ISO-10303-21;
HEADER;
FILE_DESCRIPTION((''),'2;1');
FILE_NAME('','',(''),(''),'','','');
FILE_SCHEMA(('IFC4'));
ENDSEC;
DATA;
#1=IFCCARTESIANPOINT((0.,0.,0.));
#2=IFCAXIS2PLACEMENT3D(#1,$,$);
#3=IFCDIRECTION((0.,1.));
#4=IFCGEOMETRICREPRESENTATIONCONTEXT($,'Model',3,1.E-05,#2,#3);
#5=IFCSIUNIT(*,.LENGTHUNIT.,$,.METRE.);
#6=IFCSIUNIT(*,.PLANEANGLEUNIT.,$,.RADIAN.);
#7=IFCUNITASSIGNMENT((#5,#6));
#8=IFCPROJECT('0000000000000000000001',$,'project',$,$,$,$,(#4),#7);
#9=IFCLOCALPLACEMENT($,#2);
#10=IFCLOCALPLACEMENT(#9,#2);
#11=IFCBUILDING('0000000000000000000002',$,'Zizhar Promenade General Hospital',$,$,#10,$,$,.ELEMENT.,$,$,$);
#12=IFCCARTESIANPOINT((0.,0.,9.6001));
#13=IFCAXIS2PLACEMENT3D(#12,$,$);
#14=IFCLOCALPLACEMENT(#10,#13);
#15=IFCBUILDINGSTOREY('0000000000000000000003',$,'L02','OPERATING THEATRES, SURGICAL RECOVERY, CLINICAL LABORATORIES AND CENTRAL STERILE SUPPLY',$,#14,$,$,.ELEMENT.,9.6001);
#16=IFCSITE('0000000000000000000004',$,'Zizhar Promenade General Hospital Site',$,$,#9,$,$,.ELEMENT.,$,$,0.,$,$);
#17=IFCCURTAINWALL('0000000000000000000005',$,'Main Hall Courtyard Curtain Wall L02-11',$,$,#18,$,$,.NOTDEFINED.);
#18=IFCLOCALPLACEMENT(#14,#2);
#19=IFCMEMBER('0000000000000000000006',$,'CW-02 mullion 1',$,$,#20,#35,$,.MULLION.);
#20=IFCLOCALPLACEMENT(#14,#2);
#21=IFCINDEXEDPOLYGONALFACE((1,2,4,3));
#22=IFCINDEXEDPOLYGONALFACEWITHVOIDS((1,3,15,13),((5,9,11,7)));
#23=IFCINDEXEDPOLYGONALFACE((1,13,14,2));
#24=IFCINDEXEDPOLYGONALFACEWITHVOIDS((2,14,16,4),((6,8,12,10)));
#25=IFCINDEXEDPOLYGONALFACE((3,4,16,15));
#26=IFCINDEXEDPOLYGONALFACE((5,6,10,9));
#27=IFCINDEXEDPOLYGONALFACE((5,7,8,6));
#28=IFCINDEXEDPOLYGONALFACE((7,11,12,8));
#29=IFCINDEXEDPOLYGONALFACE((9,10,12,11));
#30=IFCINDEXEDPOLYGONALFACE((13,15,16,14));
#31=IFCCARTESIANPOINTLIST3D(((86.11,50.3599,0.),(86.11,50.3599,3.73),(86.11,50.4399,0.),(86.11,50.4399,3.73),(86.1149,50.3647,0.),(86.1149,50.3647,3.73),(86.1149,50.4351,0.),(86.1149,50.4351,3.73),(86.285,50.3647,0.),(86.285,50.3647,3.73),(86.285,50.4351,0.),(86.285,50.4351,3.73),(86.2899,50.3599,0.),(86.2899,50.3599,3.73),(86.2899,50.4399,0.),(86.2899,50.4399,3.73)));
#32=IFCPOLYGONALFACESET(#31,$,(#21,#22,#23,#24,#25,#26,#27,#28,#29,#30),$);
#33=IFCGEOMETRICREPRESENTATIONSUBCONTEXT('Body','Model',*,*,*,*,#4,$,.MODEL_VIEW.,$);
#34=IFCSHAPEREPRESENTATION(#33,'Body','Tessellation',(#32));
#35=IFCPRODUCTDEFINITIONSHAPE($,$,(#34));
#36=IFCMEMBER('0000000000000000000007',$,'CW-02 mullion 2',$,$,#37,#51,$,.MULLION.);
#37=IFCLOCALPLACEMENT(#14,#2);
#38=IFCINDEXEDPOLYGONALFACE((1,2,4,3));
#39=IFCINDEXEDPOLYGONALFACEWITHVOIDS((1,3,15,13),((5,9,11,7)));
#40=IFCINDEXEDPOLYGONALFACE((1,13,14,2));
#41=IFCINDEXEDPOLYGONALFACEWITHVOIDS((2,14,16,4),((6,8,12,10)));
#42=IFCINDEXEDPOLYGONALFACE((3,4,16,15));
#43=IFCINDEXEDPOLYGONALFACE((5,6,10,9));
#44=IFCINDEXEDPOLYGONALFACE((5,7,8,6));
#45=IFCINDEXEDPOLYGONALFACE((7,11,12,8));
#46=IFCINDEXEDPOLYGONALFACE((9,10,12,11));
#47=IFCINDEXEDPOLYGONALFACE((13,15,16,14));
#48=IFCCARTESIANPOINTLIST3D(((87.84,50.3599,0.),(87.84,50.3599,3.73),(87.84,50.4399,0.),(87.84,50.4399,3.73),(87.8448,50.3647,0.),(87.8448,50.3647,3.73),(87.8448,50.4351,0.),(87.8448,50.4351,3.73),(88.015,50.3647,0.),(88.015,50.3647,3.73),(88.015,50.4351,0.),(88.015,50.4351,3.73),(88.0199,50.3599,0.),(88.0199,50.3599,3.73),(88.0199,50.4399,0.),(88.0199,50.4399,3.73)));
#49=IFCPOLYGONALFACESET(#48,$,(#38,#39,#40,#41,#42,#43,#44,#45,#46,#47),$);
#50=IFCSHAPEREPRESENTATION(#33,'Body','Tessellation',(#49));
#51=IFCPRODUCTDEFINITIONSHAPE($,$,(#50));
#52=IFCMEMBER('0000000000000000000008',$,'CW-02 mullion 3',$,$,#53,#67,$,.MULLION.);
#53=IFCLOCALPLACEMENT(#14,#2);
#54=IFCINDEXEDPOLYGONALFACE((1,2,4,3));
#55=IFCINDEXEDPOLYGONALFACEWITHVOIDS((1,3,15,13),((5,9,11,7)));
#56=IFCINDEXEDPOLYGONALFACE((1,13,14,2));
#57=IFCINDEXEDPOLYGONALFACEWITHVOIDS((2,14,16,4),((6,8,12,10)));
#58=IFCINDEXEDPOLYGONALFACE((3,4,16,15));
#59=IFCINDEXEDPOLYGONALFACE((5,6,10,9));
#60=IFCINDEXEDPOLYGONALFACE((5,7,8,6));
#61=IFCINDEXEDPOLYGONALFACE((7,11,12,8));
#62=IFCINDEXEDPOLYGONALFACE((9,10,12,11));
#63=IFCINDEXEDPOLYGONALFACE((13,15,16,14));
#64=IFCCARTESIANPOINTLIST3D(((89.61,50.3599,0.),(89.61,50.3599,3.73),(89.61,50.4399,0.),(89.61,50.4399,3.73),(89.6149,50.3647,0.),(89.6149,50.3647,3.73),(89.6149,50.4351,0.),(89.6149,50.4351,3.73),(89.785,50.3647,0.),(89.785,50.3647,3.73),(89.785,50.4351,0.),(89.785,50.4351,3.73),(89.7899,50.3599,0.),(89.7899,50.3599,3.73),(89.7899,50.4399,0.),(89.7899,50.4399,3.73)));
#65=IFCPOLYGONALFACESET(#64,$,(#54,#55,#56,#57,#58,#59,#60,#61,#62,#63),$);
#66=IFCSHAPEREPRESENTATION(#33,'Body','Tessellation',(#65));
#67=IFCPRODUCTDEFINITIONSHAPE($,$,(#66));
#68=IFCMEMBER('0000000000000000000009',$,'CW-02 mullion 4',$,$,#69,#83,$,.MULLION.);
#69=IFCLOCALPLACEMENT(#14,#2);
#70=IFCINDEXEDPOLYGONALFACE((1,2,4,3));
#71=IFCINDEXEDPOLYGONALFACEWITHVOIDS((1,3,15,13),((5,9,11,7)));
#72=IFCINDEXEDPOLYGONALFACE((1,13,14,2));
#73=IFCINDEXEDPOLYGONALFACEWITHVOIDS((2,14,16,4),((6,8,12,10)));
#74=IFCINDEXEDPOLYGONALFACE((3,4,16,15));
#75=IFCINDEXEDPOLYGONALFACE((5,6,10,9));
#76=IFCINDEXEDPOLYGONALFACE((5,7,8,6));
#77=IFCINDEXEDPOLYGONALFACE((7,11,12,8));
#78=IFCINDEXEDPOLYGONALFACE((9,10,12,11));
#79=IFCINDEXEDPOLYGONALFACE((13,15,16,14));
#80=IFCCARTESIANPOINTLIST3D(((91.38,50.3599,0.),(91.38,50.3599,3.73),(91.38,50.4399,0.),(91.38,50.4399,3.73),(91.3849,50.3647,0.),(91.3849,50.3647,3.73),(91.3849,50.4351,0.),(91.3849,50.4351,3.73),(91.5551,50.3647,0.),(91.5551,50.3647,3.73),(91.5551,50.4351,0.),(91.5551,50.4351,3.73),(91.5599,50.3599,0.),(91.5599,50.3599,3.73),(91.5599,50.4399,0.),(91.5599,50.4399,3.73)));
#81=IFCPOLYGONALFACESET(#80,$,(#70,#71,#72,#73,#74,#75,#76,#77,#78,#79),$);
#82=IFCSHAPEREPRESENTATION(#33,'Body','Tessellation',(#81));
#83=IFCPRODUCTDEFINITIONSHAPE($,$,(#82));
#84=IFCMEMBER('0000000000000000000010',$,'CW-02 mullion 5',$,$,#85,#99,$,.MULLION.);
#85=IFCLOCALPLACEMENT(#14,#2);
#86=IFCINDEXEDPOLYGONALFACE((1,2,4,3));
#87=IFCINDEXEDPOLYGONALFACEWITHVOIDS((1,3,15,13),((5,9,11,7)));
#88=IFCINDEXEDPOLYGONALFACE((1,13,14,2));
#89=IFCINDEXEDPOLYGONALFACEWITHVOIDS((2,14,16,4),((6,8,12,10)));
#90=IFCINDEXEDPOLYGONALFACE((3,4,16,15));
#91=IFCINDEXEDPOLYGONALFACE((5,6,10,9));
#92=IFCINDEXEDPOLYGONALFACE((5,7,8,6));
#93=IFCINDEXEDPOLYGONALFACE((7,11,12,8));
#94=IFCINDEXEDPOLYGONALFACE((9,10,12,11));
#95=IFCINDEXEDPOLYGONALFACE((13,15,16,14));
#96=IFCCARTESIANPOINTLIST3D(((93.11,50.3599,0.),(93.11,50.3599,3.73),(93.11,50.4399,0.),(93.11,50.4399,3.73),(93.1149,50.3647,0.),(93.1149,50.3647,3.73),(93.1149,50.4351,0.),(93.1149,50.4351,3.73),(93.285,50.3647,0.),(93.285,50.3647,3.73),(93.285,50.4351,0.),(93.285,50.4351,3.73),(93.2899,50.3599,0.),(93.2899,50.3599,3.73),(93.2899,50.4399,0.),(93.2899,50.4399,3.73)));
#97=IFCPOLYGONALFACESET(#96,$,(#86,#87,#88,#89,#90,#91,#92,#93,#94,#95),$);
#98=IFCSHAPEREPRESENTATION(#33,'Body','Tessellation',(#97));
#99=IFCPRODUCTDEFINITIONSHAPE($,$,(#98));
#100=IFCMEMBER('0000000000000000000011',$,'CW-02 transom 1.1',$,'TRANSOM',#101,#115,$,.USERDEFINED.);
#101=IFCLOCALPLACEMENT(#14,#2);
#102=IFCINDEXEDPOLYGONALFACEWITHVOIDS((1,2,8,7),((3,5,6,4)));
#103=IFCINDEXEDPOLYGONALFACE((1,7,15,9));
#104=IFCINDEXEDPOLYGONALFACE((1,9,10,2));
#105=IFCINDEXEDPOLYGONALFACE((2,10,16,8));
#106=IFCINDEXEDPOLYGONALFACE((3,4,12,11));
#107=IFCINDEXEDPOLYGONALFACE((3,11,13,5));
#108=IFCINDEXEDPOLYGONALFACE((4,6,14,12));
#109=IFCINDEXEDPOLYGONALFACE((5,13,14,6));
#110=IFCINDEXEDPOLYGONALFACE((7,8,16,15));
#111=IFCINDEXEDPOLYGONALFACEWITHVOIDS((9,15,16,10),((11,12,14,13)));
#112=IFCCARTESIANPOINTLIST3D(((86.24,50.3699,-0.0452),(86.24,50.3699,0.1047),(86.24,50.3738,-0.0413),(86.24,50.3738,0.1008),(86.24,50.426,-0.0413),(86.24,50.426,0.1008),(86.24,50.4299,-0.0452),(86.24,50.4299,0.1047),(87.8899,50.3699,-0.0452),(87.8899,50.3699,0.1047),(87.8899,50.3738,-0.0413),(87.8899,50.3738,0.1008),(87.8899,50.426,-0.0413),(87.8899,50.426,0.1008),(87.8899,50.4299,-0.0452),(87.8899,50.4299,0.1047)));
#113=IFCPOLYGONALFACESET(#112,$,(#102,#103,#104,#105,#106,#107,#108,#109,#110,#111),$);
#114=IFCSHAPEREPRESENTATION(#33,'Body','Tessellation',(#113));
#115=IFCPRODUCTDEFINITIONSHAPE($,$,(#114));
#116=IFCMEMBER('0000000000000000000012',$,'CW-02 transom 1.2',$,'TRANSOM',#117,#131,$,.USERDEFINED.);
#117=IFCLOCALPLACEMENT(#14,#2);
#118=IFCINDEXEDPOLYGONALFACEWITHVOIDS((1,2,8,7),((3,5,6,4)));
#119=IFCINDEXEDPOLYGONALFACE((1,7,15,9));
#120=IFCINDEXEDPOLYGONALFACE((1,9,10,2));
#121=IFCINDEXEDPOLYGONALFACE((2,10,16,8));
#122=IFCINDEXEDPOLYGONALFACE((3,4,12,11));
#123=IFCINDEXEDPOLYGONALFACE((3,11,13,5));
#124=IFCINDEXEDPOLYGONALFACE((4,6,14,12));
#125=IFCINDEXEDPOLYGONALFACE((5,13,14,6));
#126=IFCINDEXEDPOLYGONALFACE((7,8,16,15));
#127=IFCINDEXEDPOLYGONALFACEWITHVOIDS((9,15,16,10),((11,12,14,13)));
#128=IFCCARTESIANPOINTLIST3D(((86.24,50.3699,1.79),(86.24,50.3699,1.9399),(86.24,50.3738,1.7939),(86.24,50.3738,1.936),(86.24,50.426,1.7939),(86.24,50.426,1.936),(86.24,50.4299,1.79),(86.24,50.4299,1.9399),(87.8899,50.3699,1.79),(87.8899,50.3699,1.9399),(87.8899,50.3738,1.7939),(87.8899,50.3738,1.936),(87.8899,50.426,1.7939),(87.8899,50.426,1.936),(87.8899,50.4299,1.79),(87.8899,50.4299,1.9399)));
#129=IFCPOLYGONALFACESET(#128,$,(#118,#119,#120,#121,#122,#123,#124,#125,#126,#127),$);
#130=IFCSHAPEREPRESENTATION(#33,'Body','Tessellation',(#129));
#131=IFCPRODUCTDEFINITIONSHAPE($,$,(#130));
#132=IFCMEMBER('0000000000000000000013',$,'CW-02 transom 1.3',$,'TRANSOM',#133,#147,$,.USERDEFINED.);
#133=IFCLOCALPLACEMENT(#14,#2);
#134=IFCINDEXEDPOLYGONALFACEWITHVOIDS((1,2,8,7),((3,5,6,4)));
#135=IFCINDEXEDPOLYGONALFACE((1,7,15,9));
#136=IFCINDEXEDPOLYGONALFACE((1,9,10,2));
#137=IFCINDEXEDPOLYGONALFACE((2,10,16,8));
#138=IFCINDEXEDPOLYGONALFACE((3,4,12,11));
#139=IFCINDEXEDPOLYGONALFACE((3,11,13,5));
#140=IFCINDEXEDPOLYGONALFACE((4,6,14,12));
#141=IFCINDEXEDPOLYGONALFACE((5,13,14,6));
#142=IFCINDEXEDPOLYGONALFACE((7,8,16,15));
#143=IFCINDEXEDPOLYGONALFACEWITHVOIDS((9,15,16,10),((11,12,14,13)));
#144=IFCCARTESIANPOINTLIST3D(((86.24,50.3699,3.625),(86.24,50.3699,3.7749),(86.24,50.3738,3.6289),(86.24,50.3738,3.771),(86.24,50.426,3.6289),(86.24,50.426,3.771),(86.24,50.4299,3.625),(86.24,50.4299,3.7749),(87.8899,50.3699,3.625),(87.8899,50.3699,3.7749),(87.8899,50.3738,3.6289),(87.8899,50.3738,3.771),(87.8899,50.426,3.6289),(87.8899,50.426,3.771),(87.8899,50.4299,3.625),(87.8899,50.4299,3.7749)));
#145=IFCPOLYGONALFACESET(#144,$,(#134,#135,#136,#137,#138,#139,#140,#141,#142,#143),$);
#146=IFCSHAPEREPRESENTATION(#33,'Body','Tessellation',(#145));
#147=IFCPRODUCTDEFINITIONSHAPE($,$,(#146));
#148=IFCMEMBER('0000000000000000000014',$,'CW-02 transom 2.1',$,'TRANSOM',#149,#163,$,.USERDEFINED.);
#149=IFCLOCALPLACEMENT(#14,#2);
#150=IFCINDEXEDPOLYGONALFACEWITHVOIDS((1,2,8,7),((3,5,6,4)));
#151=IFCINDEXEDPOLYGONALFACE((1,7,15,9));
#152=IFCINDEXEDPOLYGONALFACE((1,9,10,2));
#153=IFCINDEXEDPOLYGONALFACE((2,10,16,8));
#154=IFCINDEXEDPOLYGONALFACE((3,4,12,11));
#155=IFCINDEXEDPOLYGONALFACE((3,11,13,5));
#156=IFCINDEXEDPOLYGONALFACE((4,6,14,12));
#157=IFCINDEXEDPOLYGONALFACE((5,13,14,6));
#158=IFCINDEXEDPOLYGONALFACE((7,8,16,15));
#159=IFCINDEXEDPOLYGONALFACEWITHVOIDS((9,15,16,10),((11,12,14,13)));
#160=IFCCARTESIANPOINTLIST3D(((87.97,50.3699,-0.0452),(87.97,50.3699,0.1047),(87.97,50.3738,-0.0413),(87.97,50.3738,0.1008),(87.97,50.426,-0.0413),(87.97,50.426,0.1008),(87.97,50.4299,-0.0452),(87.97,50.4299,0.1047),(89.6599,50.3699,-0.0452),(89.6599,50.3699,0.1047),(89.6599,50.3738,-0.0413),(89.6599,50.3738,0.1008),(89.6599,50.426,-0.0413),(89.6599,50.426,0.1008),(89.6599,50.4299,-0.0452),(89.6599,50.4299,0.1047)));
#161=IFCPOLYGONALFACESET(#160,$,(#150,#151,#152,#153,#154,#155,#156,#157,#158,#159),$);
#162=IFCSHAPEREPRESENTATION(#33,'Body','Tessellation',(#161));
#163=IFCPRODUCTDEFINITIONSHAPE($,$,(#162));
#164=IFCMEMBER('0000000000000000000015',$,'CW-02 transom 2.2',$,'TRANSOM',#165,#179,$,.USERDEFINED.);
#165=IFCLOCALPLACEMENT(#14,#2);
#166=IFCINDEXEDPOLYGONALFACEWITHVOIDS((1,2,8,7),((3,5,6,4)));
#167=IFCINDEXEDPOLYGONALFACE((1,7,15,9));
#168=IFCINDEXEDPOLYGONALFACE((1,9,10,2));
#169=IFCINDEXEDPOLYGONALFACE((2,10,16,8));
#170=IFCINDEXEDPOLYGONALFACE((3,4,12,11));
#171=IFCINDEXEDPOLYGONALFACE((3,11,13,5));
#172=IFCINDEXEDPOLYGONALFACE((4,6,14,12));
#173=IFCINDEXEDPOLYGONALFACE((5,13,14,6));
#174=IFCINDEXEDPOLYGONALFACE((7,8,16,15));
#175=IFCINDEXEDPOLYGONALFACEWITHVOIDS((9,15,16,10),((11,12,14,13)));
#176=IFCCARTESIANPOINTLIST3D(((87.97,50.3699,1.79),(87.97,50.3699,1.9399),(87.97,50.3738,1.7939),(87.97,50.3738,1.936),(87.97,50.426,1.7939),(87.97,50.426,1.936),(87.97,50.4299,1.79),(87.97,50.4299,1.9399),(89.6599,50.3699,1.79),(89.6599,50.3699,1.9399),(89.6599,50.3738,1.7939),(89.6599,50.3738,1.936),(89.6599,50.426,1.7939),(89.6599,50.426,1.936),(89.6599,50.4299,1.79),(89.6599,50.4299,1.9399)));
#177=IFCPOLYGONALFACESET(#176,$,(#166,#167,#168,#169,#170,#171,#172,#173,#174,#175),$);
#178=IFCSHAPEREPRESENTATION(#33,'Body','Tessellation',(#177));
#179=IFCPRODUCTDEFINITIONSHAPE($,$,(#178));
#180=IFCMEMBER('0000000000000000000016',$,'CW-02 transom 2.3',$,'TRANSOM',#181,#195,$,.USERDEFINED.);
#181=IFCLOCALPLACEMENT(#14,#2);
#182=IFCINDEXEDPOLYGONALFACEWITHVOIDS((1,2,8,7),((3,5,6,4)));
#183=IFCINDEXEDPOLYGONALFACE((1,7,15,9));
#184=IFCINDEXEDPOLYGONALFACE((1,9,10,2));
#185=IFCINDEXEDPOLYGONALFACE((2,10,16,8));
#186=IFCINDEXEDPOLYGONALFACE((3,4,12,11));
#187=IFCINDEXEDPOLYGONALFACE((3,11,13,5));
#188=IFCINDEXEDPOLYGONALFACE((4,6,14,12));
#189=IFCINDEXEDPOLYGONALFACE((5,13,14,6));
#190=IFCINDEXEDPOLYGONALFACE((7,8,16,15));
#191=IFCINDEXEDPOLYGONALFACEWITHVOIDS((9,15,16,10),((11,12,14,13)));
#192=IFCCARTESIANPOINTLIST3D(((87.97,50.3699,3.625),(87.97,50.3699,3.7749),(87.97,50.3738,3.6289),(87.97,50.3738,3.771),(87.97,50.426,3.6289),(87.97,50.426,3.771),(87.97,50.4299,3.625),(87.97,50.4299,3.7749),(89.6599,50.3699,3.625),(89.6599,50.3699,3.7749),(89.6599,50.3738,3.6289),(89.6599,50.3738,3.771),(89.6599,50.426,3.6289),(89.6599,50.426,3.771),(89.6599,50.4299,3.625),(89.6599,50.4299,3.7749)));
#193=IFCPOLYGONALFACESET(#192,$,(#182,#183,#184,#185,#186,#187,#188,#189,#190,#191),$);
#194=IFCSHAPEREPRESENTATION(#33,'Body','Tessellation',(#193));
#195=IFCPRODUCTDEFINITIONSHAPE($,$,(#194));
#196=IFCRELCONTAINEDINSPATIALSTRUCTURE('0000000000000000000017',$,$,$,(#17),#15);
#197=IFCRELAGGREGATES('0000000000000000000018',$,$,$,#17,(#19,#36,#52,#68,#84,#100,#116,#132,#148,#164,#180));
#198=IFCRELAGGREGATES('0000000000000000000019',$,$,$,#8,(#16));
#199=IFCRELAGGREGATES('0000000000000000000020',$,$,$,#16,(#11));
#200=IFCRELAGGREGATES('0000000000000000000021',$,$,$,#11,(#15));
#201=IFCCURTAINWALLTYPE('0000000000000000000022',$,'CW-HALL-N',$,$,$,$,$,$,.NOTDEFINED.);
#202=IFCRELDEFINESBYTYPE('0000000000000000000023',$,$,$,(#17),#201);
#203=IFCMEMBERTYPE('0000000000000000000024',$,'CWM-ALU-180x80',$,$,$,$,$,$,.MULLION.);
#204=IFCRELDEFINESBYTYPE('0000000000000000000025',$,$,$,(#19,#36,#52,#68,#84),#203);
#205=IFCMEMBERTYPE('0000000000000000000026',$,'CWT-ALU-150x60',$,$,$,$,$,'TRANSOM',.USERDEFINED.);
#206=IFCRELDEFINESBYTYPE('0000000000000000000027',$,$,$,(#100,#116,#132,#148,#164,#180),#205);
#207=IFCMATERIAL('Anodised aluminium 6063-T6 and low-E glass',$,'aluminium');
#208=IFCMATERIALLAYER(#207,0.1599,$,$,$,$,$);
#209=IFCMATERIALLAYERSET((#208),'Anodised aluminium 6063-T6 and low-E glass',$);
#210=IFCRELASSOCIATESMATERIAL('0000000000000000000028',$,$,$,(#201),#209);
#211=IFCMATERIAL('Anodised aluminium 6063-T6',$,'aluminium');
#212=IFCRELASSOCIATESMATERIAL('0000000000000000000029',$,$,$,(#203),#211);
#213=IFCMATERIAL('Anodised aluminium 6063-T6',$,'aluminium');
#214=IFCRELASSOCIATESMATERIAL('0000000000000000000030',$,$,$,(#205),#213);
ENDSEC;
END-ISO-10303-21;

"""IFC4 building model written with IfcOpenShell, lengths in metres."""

from ifc_helpers import new_model, si_unit, direction, frame, origin, origin_2d, place, context, subcontext, project, spatial, hollow_rectangle, extrude, material, layer, layer_set, material_profile, profile_set, type_object, element, aggregate, save


model = new_model("IFC4")

# Units and contexts
model_context = context("Model", 3, precision=1e-05, world=origin(), true_north=direction((0.0, 1.0)))
body_context = subcontext(model_context, "Body", "Model", "MODEL_VIEW")
ifc_project = project(units=[si_unit("LENGTHUNIT", "METRE"), si_unit("PLANEANGLEUNIT", "RADIAN")], contexts=[model_context])

# Site, building, storey
site_placement = place(None, origin())
site = spatial("IfcSite", under=ifc_project, at=site_placement, Name="Zizhar Promenade General Hospital Site", CompositionType="ELEMENT", RefElevation=0.0)
building_placement = place(site_placement, origin())
building = spatial("IfcBuilding", under=site, at=building_placement, Name="Zizhar Promenade General Hospital", CompositionType="ELEMENT")
storey_placement = place(building_placement, frame((0.0, 0.0, 9.6001)))
storey = spatial("IfcBuildingStorey", under=building, at=storey_placement, Name="L02", Description="OPERATING THEATRES, SURGICAL RECOVERY, CLINICAL LABORATORIES AND CENTRAL STERILE SUPPLY", CompositionType="ELEMENT", Elevation=9.6001)

# Curtain wall, members
ifc_material_1 = material(Name="Anodised aluminium 6063-T6 and low-E glass", Category="aluminium")
ifc_layer_1 = layer(ifc_material_1, 0.1599)
ifc_layer_set_1 = layer_set([ifc_layer_1], Name="Anodised aluminium 6063-T6 and low-E glass")
curtain_wall_type = type_object("IfcCurtainWallType", Name="CW-HALL-N", PredefinedType="NOTDEFINED", material=ifc_layer_set_1)
curtain_wall_placement = place(storey_placement, origin())
curtain_wall = element("IfcCurtainWall", 1, at=curtain_wall_placement, inside=storey, type_object=curtain_wall_type, Name="Main Hall Courtyard Curtain Wall L02-11", PredefinedType="NOTDEFINED")
ifc_material_2 = material(Name="Anodised aluminium 6063-T6", Category="aluminium")
ifc_material_profile_1 = material_profile(ifc_material_2, hollow_rectangle(XDim=0.0801, YDim=0.1799, WallThickness=0.0049, at=origin_2d()))
ifc_profile_set_1 = profile_set([ifc_material_profile_1], Name="Anodised aluminium 6063-T6")
member_type_1 = type_object("IfcMemberType", Name="CWM-ALU-180x80", PredefinedType="MULLION", material=ifc_profile_set_1)
member_1_placement = place(storey_placement, frame((86.2, 50.3999, 0.0), z_axis=(0.0, 0.0, 1.0), x_axis=(0.0, 1.0, 0.0)))
member_1 = element("IfcMember", 2, at=member_1_placement, type_object=member_type_1, Name="CW-02 mullion 1", PredefinedType="MULLION", context=body_context, shape_type="SweptSolid", body=[
    extrude(hollow_rectangle(XDim=0.0801, YDim=0.1799, WallThickness=0.0049, at=origin_2d()), origin(), (0.0, 0.0, 1.0), 3.73),
])
member_2_placement = place(storey_placement, frame((87.9299, 50.3999, 0.0), z_axis=(0.0, 0.0, 1.0), x_axis=(0.0, 1.0, 0.0)))
member_2 = element("IfcMember", 3, at=member_2_placement, type_object=member_type_1, Name="CW-02 mullion 2", PredefinedType="MULLION", context=body_context, shape_type="SweptSolid", body=[
    extrude(hollow_rectangle(XDim=0.0801, YDim=0.1799, WallThickness=0.0049, at=origin_2d()), origin(), (0.0, 0.0, 1.0), 3.73),
])
member_3_placement = place(storey_placement, frame((89.7, 50.3999, 0.0), z_axis=(0.0, 0.0, 1.0), x_axis=(0.0, 1.0, 0.0)))
member_3 = element("IfcMember", 4, at=member_3_placement, type_object=member_type_1, Name="CW-02 mullion 3", PredefinedType="MULLION", context=body_context, shape_type="SweptSolid", body=[
    extrude(hollow_rectangle(XDim=0.0801, YDim=0.1799, WallThickness=0.0049, at=origin_2d()), origin(), (0.0, 0.0, 1.0), 3.73),
])
member_4_placement = place(storey_placement, frame((91.47, 50.3999, 0.0), z_axis=(0.0, 0.0, 1.0), x_axis=(0.0, 1.0, 0.0)))
member_4 = element("IfcMember", 5, at=member_4_placement, type_object=member_type_1, Name="CW-02 mullion 4", PredefinedType="MULLION", context=body_context, shape_type="SweptSolid", body=[
    extrude(hollow_rectangle(XDim=0.0801, YDim=0.1799, WallThickness=0.0049, at=origin_2d()), origin(), (0.0, 0.0, 1.0), 3.73),
])
member_5_placement = place(storey_placement, frame((93.2, 50.3999, 0.0), z_axis=(0.0, 0.0, 1.0), x_axis=(0.0, 1.0, 0.0)))
member_5 = element("IfcMember", 6, at=member_5_placement, type_object=member_type_1, Name="CW-02 mullion 5", PredefinedType="MULLION", context=body_context, shape_type="SweptSolid", body=[
    extrude(hollow_rectangle(XDim=0.0801, YDim=0.1799, WallThickness=0.0049, at=origin_2d()), origin(), (0.0, 0.0, 1.0), 3.73),
])
ifc_material_3 = material(Name="Anodised aluminium 6063-T6", Category="aluminium")
ifc_material_profile_2 = material_profile(ifc_material_3, hollow_rectangle(XDim=0.0601, YDim=0.1499, WallThickness=0.0039, at=origin_2d()))
ifc_profile_set_2 = profile_set([ifc_material_profile_2], Name="Anodised aluminium 6063-T6")
member_type_2 = type_object("IfcMemberType", Name="CWT-ALU-150x60", ElementType="TRANSOM", PredefinedType="USERDEFINED", material=ifc_profile_set_2)
member_6_placement = place(storey_placement, frame((86.24, 50.3999, 0.0298), z_axis=(1.0, 0.0, 0.0), x_axis=(0.0, 1.0, 0.0)))
member_6 = element("IfcMember", 7, at=member_6_placement, type_object=member_type_2, Name="CW-02 transom 1.1", ObjectType="TRANSOM", PredefinedType="USERDEFINED", context=body_context, shape_type="SweptSolid", body=[
    extrude(hollow_rectangle(XDim=0.0601, YDim=0.1499, WallThickness=0.0039, at=origin_2d()), origin(), (0.0, 0.0, 1.0), 1.6499),
])
member_7_placement = place(storey_placement, frame((86.24, 50.3999, 1.865), z_axis=(1.0, 0.0, 0.0), x_axis=(0.0, 1.0, 0.0)))
member_7 = element("IfcMember", 8, at=member_7_placement, type_object=member_type_2, Name="CW-02 transom 1.2", ObjectType="TRANSOM", PredefinedType="USERDEFINED", context=body_context, shape_type="SweptSolid", body=[
    extrude(hollow_rectangle(XDim=0.0601, YDim=0.1499, WallThickness=0.0039, at=origin_2d()), origin(), (0.0, 0.0, 1.0), 1.6499),
])
member_8_placement = place(storey_placement, frame((86.24, 50.3999, 3.7), z_axis=(1.0, 0.0, 0.0), x_axis=(0.0, 1.0, 0.0)))
member_8 = element("IfcMember", 9, at=member_8_placement, type_object=member_type_2, Name="CW-02 transom 1.3", ObjectType="TRANSOM", PredefinedType="USERDEFINED", context=body_context, shape_type="SweptSolid", body=[
    extrude(hollow_rectangle(XDim=0.0601, YDim=0.1499, WallThickness=0.0039, at=origin_2d()), origin(), (0.0, 0.0, 1.0), 1.6499),
])
member_9_placement = place(storey_placement, frame((87.97, 50.3999, 0.0298), z_axis=(1.0, 0.0, 0.0), x_axis=(0.0, 1.0, 0.0)))
member_9 = element("IfcMember", 10, at=member_9_placement, type_object=member_type_2, Name="CW-02 transom 2.1", ObjectType="TRANSOM", PredefinedType="USERDEFINED", context=body_context, shape_type="SweptSolid", body=[
    extrude(hollow_rectangle(XDim=0.0601, YDim=0.1499, WallThickness=0.0039, at=origin_2d()), origin(), (0.0, 0.0, 1.0), 1.6899),
])
member_10_placement = place(storey_placement, frame((87.97, 50.3999, 1.865), z_axis=(1.0, 0.0, 0.0), x_axis=(0.0, 1.0, 0.0)))
member_10 = element("IfcMember", 11, at=member_10_placement, type_object=member_type_2, Name="CW-02 transom 2.2", ObjectType="TRANSOM", PredefinedType="USERDEFINED", context=body_context, shape_type="SweptSolid", body=[
    extrude(hollow_rectangle(XDim=0.0601, YDim=0.1499, WallThickness=0.0039, at=origin_2d()), origin(), (0.0, 0.0, 1.0), 1.6899),
])
member_11_placement = place(storey_placement, frame((87.97, 50.3999, 3.7), z_axis=(1.0, 0.0, 0.0), x_axis=(0.0, 1.0, 0.0)))
member_11 = element("IfcMember", 12, at=member_11_placement, type_object=member_type_2, Name="CW-02 transom 2.3", ObjectType="TRANSOM", PredefinedType="USERDEFINED", context=body_context, shape_type="SweptSolid", body=[
    extrude(hollow_rectangle(XDim=0.0601, YDim=0.1499, WallThickness=0.0039, at=origin_2d()), origin(), (0.0, 0.0, 1.0), 1.6899),
])
aggregate(curtain_wall, [member_1, member_2, member_3, member_4, member_5, member_6, member_7, member_8, member_9, member_10, member_11])

save(model, "model.ifc")
